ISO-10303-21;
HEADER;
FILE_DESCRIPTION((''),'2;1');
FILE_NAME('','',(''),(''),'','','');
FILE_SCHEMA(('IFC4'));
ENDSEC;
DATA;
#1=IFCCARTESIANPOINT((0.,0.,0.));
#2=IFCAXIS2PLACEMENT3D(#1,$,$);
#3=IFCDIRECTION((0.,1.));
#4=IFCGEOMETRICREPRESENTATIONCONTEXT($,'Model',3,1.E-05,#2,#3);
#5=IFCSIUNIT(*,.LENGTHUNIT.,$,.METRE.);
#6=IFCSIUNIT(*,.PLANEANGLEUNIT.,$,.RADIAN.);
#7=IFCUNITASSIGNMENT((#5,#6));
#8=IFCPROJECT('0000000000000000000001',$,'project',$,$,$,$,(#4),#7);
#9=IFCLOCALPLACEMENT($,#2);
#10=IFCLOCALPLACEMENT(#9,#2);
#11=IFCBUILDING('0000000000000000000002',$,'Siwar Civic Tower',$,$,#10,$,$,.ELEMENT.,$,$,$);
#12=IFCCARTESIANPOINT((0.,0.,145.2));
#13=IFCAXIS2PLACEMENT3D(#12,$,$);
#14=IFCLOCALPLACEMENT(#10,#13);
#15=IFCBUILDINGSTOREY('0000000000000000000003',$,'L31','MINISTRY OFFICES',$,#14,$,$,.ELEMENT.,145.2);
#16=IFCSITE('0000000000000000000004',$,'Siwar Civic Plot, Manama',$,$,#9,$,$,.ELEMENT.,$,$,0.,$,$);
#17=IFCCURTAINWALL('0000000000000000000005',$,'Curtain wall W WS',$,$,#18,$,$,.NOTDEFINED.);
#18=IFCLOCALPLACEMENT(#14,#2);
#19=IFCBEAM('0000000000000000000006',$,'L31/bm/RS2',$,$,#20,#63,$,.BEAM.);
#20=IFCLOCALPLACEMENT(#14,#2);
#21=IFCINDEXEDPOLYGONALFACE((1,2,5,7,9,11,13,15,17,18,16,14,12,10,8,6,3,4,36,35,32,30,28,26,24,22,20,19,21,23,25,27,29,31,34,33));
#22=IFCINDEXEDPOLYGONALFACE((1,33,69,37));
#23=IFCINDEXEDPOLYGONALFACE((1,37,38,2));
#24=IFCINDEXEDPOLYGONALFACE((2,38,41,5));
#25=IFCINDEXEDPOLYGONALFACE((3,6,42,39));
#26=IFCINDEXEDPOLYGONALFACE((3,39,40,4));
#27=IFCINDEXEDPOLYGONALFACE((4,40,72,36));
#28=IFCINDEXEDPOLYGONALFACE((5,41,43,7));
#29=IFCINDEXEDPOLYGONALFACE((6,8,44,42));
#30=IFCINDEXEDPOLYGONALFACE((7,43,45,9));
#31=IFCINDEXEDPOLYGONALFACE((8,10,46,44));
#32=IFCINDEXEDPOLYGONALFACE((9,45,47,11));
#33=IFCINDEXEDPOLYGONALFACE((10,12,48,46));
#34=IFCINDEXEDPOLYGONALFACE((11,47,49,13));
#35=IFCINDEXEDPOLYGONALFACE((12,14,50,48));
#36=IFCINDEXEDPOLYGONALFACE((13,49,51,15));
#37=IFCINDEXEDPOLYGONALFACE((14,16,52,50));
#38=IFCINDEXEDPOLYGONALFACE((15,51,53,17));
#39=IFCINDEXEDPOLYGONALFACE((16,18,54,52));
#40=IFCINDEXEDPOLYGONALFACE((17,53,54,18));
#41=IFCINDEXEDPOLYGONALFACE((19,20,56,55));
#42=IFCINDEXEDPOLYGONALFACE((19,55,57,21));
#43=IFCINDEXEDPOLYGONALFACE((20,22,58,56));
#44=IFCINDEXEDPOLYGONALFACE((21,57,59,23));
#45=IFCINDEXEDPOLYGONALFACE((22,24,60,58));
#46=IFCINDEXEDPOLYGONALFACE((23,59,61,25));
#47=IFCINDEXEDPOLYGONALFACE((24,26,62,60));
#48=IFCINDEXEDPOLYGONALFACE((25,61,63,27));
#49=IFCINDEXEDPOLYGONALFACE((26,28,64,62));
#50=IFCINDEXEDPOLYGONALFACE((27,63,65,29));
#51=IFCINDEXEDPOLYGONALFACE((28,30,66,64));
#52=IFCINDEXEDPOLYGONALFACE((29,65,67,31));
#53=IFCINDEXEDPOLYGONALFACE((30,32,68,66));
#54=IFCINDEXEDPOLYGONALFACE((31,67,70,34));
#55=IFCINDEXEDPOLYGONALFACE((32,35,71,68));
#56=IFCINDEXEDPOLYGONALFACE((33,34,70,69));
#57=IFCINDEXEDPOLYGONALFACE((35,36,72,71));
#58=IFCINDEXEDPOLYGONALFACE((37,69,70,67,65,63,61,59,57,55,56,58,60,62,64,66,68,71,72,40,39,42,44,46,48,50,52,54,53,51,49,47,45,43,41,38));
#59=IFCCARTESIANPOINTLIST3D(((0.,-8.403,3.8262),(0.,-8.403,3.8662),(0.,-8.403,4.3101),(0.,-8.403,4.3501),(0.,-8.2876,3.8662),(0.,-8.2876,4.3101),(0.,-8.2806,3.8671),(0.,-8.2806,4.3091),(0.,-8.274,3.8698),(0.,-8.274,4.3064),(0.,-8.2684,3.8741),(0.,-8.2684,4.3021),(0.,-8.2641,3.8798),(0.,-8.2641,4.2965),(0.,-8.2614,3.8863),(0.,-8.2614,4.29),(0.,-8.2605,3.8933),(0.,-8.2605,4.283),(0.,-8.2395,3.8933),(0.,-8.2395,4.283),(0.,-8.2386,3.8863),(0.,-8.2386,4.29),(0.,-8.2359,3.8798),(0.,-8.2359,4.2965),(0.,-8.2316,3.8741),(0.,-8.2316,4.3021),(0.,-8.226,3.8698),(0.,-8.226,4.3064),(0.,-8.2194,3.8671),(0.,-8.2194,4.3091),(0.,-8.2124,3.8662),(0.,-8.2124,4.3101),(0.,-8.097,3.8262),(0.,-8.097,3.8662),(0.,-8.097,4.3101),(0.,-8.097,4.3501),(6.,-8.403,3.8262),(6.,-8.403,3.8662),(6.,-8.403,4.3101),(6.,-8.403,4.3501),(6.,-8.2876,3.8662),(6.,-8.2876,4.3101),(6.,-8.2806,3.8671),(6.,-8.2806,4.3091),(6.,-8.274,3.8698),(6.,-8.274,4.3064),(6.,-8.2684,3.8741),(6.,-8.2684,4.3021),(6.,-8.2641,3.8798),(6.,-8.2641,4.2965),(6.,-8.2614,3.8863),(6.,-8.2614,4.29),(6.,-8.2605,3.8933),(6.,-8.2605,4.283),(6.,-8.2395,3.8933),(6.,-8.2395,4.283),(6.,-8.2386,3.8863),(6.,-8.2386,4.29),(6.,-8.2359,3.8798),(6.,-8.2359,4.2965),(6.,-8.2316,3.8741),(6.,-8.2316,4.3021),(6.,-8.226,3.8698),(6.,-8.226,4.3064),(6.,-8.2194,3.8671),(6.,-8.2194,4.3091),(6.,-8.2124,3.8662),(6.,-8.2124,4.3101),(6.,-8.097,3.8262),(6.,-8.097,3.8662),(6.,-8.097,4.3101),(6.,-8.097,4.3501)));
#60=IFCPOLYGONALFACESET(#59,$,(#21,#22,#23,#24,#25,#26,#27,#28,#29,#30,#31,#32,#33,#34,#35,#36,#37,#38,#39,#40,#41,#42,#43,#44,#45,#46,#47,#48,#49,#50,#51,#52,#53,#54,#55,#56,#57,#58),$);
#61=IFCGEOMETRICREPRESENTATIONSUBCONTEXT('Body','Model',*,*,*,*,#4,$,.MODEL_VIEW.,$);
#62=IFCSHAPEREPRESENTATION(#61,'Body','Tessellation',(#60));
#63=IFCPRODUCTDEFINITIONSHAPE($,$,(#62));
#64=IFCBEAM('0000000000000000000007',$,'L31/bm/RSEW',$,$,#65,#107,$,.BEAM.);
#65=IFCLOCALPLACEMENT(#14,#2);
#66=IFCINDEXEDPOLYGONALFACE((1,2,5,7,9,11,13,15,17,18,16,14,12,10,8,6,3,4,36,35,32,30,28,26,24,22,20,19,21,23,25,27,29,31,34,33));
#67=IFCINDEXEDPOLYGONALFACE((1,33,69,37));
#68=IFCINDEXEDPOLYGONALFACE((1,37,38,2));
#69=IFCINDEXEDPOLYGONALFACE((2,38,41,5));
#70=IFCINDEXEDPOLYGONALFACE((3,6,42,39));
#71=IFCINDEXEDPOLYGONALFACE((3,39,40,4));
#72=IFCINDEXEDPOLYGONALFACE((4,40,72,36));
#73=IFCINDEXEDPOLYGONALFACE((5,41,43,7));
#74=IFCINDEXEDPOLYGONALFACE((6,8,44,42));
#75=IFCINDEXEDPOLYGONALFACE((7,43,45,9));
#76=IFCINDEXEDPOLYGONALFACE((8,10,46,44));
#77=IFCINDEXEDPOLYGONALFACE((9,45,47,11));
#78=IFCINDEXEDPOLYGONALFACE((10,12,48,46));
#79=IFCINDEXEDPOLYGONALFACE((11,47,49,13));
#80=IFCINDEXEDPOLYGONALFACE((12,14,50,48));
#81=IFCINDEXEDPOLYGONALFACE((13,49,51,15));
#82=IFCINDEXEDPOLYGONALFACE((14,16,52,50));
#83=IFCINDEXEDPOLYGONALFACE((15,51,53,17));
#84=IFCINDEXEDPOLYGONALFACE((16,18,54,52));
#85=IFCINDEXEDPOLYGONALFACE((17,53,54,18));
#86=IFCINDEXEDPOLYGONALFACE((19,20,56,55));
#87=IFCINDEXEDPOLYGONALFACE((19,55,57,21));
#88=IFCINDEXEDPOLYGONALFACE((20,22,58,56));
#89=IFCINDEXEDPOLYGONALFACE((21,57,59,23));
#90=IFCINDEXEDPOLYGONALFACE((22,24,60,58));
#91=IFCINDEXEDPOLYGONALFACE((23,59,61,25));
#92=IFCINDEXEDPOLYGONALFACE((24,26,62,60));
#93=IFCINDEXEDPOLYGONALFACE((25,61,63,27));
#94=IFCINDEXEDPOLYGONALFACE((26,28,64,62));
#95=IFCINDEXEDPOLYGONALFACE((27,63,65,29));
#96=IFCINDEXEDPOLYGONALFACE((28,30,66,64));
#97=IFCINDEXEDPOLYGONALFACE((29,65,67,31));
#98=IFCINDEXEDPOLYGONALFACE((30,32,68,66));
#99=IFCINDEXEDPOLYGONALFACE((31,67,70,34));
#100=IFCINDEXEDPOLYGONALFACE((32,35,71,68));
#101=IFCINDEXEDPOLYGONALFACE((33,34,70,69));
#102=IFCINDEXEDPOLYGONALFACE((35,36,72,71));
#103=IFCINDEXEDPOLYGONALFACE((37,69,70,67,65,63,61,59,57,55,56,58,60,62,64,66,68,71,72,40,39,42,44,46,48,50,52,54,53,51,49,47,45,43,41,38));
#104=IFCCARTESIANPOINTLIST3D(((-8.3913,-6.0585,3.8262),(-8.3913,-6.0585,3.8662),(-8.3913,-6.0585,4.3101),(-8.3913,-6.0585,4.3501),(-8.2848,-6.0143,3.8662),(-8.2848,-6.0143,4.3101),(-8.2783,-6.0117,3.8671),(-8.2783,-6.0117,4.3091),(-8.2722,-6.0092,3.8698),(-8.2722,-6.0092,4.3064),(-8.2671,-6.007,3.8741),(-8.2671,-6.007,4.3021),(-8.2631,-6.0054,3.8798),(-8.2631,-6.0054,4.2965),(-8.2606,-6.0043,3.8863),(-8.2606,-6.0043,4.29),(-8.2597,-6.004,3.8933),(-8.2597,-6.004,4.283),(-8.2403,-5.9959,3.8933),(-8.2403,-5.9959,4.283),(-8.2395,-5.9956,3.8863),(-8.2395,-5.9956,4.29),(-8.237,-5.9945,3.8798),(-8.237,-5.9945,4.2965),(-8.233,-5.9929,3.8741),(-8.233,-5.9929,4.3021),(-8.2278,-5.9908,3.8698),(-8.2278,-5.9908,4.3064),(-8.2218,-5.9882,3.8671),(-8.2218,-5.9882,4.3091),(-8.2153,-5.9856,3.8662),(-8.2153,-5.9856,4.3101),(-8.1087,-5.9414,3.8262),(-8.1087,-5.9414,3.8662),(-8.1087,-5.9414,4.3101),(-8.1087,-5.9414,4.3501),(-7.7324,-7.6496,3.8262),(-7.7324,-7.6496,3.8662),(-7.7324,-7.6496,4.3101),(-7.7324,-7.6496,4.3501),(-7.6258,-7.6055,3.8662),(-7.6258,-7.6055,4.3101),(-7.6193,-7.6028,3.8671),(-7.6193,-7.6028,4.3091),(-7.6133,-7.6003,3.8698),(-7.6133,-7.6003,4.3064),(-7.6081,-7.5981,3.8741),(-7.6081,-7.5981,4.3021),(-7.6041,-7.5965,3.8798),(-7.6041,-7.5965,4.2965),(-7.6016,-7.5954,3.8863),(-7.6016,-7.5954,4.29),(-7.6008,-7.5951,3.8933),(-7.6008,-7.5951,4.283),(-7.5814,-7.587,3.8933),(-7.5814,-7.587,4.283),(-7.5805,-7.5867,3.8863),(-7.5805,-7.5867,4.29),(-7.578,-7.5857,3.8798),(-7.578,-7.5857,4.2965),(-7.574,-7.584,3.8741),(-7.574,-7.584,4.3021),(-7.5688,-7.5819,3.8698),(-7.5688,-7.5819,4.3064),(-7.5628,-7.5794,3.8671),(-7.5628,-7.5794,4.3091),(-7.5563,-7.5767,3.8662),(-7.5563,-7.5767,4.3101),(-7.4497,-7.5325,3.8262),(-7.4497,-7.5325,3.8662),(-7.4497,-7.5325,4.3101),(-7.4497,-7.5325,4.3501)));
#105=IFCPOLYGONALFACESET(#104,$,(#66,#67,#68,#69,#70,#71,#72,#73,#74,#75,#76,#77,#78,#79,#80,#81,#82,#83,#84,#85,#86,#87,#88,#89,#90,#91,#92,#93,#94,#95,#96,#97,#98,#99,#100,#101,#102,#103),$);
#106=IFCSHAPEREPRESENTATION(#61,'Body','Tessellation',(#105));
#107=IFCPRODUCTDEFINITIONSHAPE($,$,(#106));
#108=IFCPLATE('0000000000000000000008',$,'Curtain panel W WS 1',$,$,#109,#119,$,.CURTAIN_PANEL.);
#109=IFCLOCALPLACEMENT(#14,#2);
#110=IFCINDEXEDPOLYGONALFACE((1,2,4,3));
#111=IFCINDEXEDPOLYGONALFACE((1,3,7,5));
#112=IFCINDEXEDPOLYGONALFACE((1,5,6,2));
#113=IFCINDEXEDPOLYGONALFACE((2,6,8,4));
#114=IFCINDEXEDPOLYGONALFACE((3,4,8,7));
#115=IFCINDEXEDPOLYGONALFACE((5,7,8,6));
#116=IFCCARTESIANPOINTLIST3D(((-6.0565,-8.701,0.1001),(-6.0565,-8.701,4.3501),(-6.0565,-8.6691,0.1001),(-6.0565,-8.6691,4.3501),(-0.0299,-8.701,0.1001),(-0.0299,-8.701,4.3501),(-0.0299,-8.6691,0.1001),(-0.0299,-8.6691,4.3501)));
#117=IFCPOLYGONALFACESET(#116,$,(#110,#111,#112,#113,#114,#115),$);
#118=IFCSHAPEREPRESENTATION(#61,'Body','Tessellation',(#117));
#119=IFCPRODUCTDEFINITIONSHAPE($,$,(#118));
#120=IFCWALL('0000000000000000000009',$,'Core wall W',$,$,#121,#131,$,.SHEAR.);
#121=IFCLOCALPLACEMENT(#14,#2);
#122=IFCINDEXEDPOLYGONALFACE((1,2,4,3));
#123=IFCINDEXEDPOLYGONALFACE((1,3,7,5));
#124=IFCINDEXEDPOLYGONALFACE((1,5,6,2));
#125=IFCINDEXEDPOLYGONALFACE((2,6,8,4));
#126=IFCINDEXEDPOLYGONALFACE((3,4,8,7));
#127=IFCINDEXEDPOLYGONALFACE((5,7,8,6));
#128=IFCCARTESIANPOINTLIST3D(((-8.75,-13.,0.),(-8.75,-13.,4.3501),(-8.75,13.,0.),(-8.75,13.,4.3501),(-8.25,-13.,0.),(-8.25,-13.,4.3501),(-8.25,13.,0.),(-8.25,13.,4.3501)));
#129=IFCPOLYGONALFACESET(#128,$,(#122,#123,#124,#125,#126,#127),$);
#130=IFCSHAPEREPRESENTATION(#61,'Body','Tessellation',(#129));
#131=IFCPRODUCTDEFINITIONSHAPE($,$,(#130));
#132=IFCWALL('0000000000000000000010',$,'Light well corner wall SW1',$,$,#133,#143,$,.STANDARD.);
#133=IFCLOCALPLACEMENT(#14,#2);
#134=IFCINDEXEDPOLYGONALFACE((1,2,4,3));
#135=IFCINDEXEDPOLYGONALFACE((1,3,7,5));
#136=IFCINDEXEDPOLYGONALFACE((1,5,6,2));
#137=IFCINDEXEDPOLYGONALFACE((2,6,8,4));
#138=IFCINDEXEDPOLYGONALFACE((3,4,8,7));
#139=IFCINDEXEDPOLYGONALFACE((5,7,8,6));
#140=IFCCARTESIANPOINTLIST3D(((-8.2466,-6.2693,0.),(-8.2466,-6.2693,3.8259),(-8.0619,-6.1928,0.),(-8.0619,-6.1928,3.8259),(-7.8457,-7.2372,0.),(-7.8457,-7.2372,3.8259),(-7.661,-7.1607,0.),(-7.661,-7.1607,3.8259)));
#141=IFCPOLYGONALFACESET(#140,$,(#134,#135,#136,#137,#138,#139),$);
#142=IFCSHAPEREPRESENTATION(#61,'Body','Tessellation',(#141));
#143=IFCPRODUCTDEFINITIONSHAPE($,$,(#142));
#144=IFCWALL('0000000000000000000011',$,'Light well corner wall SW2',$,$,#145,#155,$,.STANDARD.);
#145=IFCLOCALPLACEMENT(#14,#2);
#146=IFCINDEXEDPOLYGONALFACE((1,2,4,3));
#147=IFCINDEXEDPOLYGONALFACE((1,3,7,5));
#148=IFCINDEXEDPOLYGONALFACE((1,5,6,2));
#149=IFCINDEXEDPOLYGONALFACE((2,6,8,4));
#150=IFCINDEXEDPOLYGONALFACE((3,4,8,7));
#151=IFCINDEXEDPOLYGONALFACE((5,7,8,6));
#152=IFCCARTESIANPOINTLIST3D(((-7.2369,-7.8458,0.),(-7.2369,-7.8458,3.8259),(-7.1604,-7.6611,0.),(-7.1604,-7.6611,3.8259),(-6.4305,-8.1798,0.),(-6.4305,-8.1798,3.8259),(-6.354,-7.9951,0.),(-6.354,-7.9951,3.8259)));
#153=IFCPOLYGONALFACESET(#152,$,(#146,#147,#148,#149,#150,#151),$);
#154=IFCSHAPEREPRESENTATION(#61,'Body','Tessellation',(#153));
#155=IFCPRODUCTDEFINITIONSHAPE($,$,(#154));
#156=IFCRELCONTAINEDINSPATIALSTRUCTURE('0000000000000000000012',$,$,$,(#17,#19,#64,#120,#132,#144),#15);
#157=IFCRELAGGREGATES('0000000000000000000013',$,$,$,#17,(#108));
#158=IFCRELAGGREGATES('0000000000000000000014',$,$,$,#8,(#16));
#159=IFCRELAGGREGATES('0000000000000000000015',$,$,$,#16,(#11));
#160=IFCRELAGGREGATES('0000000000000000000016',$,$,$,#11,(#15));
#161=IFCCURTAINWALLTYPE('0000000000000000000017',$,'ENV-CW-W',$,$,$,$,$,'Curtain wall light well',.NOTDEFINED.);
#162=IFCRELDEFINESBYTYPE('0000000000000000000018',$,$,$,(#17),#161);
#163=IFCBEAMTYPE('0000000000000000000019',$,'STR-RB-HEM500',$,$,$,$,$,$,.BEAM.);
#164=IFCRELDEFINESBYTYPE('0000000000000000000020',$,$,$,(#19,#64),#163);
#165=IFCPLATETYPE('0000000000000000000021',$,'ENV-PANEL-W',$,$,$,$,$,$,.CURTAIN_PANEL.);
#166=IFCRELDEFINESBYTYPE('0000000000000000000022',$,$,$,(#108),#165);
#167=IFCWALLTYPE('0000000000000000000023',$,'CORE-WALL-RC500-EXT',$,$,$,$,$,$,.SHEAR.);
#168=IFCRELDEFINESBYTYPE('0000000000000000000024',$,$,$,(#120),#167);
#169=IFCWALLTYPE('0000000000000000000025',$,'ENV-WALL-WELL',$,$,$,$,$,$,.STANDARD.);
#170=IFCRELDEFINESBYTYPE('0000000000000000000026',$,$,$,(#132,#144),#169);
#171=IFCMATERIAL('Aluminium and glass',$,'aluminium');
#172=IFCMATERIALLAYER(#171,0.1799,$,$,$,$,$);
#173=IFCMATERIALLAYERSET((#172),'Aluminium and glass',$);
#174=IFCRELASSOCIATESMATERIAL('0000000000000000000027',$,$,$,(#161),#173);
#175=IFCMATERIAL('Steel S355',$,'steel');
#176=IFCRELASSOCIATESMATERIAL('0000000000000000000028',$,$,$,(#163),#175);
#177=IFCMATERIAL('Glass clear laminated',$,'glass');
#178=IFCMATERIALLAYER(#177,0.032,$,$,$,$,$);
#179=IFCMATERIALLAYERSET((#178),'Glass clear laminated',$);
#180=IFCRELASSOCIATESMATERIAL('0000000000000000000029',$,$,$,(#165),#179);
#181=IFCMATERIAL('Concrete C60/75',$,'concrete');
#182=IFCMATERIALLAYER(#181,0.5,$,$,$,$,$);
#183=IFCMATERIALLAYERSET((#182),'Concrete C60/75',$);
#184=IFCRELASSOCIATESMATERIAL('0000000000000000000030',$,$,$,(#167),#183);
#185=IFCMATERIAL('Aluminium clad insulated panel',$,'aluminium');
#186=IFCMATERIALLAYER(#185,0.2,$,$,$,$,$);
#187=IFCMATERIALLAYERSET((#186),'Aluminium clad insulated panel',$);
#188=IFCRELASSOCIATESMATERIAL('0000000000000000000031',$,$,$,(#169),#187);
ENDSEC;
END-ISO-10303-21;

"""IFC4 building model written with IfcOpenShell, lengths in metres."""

from ifc_helpers import new_model, si_unit, direction, frame, frame_2d, origin, origin_2d, place, context, subcontext, project, spatial, rectangle, i_section, extrude, material, layer, layer_set, material_profile, profile_set, type_object, element, aggregate, save


model = new_model("IFC4")

# Units and contexts
model_context = context("Model", 3, precision=1e-05, world=origin(), true_north=direction((0.0, 1.0)))
body_context = subcontext(model_context, "Body", "Model", "MODEL_VIEW")
ifc_project = project(units=[si_unit("LENGTHUNIT", "METRE"), si_unit("PLANEANGLEUNIT", "RADIAN")], contexts=[model_context])

# Site, building, storey
site_placement = place(None, origin())
site = spatial("IfcSite", under=ifc_project, at=site_placement, Name="Siwar Civic Plot, Manama", CompositionType="ELEMENT", RefElevation=0.0)
building_placement = place(site_placement, origin())
building = spatial("IfcBuilding", under=site, at=building_placement, Name="Siwar Civic Tower", CompositionType="ELEMENT")
storey_placement = place(building_placement, frame((0.0, 0.0, 145.2)))
storey = spatial("IfcBuildingStorey", under=building, at=storey_placement, Name="L31", Description="MINISTRY OFFICES", CompositionType="ELEMENT", Elevation=145.2)

# Curtain wall
ifc_material_1 = material(Name="Aluminium and glass", Category="aluminium")
ifc_layer_1 = layer(ifc_material_1, 0.1799)
ifc_layer_set_1 = layer_set([ifc_layer_1], Name="Aluminium and glass")
curtain_wall_type = type_object("IfcCurtainWallType", Name="ENV-CW-W", ElementType="Curtain wall light well", PredefinedType="NOTDEFINED", material=ifc_layer_set_1)
curtain_wall_placement = place(storey_placement, origin())
curtain_wall = element("IfcCurtainWall", 1, at=curtain_wall_placement, inside=storey, type_object=curtain_wall_type, Name="Curtain wall W WS", PredefinedType="NOTDEFINED")

# Beams
ifc_material_2 = material(Name="Steel S355", Category="steel")
ifc_material_profile_1 = material_profile(ifc_material_2, i_section(OverallWidth=0.3059, OverallDepth=0.5239, WebThickness=0.021, FlangeThickness=0.04, FilletRadius=0.0271, at=origin_2d()), Name="HEM500")
ifc_profile_set_1 = profile_set([ifc_material_profile_1], Name="Steel S355")
beam_type = type_object("IfcBeamType", Name="STR-RB-HEM500", PredefinedType="BEAM", material=ifc_profile_set_1)
for number, where, z_axis, x_axis, name in (
    (2, (0.0, -8.25, 4.0881), (1.0, 0.0, 0.0), (0.0, 1.0, 0.0), "L31/bm/RS2"),
):
    element("IfcBeam", number, at=place(storey_placement, frame(where, z_axis=z_axis, x_axis=x_axis)), inside=storey, type_object=beam_type, Name=name, PredefinedType="BEAM", context=body_context, shape_type="SweptSolid", body=[
        extrude(i_section(OverallWidth=0.3059, OverallDepth=0.5239, WebThickness=0.021, FlangeThickness=0.04, FilletRadius=0.0271, at=origin_2d()), origin(), (0.0, 0.0, 1.0), 6.0),
    ])
beam_1_placement = place(storey_placement, frame((-7.5911, -7.5911, 4.0881), z_axis=(-0.382631, 0.923901, 0.0), x_axis=(-0.923901, -0.382631, 0.0)))
element("IfcBeam", 3, at=beam_1_placement, inside=storey, type_object=beam_type, Name="L31/bm/RSEW", PredefinedType="BEAM", context=body_context, shape_type="SweptSolid", body=[
    extrude(i_section(OverallWidth=0.3059, OverallDepth=0.5239, WebThickness=0.021, FlangeThickness=0.04, FilletRadius=0.0271, at=origin_2d()), origin(), (0.0, 0.0, 1.0), 1.7222),
])

# Plate
ifc_material_3 = material(Name="Glass clear laminated", Category="glass")
ifc_layer_2 = layer(ifc_material_3, 0.032)
ifc_layer_set_2 = layer_set([ifc_layer_2], Name="Glass clear laminated")
plate_type = type_object("IfcPlateType", Name="ENV-PANEL-W", PredefinedType="CURTAIN_PANEL", material=ifc_layer_set_2)
plate_placement = place(storey_placement, frame((-3.0432, -8.6851, 0.1001), z_axis=(0.0, 0.0, 1.0), x_axis=(1.0, 0.0, 0.0)))
plate = element("IfcPlate", 4, at=plate_placement, type_object=plate_type, Name="Curtain panel W WS 1", PredefinedType="CURTAIN_PANEL", context=body_context, shape_type="SweptSolid", body=[
    extrude(rectangle(XDim=6.0266, YDim=0.032, at=origin_2d()), origin(), (0.0, 0.0, 1.0), 4.25),
])
aggregate(curtain_wall, [plate])

# Walls
ifc_material_4 = material(Name="Concrete C60/75", Category="concrete")
ifc_layer_3 = layer(ifc_material_4, 0.5)
ifc_layer_set_3 = layer_set([ifc_layer_3], Name="Concrete C60/75")
wall_type_1 = type_object("IfcWallType", Name="CORE-WALL-RC500-EXT", PredefinedType="SHEAR", material=ifc_layer_set_3)
wall_1_placement = place(storey_placement, frame((-8.5, -13.0, 0.0), z_axis=(0.0, 0.0, 1.0), x_axis=(0.0, 1.0, 0.0)))
element("IfcWall", 5, at=wall_1_placement, inside=storey, type_object=wall_type_1, Name="Core wall W", PredefinedType="SHEAR", context=body_context, shape_type="SweptSolid", body=[
    extrude(rectangle(XDim=26.0, YDim=0.5, at=frame_2d((13.0, 0.0))), origin(), (0.0, 0.0, 1.0), 4.3501),
])
ifc_material_5 = material(Name="Aluminium clad insulated panel", Category="aluminium")
ifc_layer_4 = layer(ifc_material_5, 0.2)
ifc_layer_set_4 = layer_set([ifc_layer_4], Name="Aluminium clad insulated panel")
wall_type_2 = type_object("IfcWallType", Name="ENV-WALL-WELL", PredefinedType="STANDARD", material=ifc_layer_set_4)
wall_2_placement = place(storey_placement, frame((-8.1543, -6.231, 0.0), z_axis=(0.0, 0.0, 1.0), x_axis=(0.382695, -0.923875, 0.0)))
element("IfcWall", 6, at=wall_2_placement, inside=storey, type_object=wall_type_2, Name="Light well corner wall SW1", PredefinedType="STANDARD", context=body_context, shape_type="SweptSolid", body=[
    extrude(rectangle(XDim=1.0476, YDim=0.2, at=frame_2d((0.5239, 0.0))), origin(), (0.0, 0.0, 1.0), 3.8259),
])
wall_3_placement = place(storey_placement, frame((-7.1987, -7.7534, 0.0), z_axis=(0.0, 0.0, 1.0), x_axis=(0.923894, -0.382648, 0.0)))
element("IfcWall", 7, at=wall_3_placement, inside=storey, type_object=wall_type_2, Name="Light well corner wall SW2", PredefinedType="STANDARD", context=body_context, shape_type="SweptSolid", body=[
    extrude(rectangle(XDim=0.8728, YDim=0.2, at=frame_2d((0.4365, 0.0))), origin(), (0.0, 0.0, 1.0), 3.8259),
])

save(model, "model.ifc")
